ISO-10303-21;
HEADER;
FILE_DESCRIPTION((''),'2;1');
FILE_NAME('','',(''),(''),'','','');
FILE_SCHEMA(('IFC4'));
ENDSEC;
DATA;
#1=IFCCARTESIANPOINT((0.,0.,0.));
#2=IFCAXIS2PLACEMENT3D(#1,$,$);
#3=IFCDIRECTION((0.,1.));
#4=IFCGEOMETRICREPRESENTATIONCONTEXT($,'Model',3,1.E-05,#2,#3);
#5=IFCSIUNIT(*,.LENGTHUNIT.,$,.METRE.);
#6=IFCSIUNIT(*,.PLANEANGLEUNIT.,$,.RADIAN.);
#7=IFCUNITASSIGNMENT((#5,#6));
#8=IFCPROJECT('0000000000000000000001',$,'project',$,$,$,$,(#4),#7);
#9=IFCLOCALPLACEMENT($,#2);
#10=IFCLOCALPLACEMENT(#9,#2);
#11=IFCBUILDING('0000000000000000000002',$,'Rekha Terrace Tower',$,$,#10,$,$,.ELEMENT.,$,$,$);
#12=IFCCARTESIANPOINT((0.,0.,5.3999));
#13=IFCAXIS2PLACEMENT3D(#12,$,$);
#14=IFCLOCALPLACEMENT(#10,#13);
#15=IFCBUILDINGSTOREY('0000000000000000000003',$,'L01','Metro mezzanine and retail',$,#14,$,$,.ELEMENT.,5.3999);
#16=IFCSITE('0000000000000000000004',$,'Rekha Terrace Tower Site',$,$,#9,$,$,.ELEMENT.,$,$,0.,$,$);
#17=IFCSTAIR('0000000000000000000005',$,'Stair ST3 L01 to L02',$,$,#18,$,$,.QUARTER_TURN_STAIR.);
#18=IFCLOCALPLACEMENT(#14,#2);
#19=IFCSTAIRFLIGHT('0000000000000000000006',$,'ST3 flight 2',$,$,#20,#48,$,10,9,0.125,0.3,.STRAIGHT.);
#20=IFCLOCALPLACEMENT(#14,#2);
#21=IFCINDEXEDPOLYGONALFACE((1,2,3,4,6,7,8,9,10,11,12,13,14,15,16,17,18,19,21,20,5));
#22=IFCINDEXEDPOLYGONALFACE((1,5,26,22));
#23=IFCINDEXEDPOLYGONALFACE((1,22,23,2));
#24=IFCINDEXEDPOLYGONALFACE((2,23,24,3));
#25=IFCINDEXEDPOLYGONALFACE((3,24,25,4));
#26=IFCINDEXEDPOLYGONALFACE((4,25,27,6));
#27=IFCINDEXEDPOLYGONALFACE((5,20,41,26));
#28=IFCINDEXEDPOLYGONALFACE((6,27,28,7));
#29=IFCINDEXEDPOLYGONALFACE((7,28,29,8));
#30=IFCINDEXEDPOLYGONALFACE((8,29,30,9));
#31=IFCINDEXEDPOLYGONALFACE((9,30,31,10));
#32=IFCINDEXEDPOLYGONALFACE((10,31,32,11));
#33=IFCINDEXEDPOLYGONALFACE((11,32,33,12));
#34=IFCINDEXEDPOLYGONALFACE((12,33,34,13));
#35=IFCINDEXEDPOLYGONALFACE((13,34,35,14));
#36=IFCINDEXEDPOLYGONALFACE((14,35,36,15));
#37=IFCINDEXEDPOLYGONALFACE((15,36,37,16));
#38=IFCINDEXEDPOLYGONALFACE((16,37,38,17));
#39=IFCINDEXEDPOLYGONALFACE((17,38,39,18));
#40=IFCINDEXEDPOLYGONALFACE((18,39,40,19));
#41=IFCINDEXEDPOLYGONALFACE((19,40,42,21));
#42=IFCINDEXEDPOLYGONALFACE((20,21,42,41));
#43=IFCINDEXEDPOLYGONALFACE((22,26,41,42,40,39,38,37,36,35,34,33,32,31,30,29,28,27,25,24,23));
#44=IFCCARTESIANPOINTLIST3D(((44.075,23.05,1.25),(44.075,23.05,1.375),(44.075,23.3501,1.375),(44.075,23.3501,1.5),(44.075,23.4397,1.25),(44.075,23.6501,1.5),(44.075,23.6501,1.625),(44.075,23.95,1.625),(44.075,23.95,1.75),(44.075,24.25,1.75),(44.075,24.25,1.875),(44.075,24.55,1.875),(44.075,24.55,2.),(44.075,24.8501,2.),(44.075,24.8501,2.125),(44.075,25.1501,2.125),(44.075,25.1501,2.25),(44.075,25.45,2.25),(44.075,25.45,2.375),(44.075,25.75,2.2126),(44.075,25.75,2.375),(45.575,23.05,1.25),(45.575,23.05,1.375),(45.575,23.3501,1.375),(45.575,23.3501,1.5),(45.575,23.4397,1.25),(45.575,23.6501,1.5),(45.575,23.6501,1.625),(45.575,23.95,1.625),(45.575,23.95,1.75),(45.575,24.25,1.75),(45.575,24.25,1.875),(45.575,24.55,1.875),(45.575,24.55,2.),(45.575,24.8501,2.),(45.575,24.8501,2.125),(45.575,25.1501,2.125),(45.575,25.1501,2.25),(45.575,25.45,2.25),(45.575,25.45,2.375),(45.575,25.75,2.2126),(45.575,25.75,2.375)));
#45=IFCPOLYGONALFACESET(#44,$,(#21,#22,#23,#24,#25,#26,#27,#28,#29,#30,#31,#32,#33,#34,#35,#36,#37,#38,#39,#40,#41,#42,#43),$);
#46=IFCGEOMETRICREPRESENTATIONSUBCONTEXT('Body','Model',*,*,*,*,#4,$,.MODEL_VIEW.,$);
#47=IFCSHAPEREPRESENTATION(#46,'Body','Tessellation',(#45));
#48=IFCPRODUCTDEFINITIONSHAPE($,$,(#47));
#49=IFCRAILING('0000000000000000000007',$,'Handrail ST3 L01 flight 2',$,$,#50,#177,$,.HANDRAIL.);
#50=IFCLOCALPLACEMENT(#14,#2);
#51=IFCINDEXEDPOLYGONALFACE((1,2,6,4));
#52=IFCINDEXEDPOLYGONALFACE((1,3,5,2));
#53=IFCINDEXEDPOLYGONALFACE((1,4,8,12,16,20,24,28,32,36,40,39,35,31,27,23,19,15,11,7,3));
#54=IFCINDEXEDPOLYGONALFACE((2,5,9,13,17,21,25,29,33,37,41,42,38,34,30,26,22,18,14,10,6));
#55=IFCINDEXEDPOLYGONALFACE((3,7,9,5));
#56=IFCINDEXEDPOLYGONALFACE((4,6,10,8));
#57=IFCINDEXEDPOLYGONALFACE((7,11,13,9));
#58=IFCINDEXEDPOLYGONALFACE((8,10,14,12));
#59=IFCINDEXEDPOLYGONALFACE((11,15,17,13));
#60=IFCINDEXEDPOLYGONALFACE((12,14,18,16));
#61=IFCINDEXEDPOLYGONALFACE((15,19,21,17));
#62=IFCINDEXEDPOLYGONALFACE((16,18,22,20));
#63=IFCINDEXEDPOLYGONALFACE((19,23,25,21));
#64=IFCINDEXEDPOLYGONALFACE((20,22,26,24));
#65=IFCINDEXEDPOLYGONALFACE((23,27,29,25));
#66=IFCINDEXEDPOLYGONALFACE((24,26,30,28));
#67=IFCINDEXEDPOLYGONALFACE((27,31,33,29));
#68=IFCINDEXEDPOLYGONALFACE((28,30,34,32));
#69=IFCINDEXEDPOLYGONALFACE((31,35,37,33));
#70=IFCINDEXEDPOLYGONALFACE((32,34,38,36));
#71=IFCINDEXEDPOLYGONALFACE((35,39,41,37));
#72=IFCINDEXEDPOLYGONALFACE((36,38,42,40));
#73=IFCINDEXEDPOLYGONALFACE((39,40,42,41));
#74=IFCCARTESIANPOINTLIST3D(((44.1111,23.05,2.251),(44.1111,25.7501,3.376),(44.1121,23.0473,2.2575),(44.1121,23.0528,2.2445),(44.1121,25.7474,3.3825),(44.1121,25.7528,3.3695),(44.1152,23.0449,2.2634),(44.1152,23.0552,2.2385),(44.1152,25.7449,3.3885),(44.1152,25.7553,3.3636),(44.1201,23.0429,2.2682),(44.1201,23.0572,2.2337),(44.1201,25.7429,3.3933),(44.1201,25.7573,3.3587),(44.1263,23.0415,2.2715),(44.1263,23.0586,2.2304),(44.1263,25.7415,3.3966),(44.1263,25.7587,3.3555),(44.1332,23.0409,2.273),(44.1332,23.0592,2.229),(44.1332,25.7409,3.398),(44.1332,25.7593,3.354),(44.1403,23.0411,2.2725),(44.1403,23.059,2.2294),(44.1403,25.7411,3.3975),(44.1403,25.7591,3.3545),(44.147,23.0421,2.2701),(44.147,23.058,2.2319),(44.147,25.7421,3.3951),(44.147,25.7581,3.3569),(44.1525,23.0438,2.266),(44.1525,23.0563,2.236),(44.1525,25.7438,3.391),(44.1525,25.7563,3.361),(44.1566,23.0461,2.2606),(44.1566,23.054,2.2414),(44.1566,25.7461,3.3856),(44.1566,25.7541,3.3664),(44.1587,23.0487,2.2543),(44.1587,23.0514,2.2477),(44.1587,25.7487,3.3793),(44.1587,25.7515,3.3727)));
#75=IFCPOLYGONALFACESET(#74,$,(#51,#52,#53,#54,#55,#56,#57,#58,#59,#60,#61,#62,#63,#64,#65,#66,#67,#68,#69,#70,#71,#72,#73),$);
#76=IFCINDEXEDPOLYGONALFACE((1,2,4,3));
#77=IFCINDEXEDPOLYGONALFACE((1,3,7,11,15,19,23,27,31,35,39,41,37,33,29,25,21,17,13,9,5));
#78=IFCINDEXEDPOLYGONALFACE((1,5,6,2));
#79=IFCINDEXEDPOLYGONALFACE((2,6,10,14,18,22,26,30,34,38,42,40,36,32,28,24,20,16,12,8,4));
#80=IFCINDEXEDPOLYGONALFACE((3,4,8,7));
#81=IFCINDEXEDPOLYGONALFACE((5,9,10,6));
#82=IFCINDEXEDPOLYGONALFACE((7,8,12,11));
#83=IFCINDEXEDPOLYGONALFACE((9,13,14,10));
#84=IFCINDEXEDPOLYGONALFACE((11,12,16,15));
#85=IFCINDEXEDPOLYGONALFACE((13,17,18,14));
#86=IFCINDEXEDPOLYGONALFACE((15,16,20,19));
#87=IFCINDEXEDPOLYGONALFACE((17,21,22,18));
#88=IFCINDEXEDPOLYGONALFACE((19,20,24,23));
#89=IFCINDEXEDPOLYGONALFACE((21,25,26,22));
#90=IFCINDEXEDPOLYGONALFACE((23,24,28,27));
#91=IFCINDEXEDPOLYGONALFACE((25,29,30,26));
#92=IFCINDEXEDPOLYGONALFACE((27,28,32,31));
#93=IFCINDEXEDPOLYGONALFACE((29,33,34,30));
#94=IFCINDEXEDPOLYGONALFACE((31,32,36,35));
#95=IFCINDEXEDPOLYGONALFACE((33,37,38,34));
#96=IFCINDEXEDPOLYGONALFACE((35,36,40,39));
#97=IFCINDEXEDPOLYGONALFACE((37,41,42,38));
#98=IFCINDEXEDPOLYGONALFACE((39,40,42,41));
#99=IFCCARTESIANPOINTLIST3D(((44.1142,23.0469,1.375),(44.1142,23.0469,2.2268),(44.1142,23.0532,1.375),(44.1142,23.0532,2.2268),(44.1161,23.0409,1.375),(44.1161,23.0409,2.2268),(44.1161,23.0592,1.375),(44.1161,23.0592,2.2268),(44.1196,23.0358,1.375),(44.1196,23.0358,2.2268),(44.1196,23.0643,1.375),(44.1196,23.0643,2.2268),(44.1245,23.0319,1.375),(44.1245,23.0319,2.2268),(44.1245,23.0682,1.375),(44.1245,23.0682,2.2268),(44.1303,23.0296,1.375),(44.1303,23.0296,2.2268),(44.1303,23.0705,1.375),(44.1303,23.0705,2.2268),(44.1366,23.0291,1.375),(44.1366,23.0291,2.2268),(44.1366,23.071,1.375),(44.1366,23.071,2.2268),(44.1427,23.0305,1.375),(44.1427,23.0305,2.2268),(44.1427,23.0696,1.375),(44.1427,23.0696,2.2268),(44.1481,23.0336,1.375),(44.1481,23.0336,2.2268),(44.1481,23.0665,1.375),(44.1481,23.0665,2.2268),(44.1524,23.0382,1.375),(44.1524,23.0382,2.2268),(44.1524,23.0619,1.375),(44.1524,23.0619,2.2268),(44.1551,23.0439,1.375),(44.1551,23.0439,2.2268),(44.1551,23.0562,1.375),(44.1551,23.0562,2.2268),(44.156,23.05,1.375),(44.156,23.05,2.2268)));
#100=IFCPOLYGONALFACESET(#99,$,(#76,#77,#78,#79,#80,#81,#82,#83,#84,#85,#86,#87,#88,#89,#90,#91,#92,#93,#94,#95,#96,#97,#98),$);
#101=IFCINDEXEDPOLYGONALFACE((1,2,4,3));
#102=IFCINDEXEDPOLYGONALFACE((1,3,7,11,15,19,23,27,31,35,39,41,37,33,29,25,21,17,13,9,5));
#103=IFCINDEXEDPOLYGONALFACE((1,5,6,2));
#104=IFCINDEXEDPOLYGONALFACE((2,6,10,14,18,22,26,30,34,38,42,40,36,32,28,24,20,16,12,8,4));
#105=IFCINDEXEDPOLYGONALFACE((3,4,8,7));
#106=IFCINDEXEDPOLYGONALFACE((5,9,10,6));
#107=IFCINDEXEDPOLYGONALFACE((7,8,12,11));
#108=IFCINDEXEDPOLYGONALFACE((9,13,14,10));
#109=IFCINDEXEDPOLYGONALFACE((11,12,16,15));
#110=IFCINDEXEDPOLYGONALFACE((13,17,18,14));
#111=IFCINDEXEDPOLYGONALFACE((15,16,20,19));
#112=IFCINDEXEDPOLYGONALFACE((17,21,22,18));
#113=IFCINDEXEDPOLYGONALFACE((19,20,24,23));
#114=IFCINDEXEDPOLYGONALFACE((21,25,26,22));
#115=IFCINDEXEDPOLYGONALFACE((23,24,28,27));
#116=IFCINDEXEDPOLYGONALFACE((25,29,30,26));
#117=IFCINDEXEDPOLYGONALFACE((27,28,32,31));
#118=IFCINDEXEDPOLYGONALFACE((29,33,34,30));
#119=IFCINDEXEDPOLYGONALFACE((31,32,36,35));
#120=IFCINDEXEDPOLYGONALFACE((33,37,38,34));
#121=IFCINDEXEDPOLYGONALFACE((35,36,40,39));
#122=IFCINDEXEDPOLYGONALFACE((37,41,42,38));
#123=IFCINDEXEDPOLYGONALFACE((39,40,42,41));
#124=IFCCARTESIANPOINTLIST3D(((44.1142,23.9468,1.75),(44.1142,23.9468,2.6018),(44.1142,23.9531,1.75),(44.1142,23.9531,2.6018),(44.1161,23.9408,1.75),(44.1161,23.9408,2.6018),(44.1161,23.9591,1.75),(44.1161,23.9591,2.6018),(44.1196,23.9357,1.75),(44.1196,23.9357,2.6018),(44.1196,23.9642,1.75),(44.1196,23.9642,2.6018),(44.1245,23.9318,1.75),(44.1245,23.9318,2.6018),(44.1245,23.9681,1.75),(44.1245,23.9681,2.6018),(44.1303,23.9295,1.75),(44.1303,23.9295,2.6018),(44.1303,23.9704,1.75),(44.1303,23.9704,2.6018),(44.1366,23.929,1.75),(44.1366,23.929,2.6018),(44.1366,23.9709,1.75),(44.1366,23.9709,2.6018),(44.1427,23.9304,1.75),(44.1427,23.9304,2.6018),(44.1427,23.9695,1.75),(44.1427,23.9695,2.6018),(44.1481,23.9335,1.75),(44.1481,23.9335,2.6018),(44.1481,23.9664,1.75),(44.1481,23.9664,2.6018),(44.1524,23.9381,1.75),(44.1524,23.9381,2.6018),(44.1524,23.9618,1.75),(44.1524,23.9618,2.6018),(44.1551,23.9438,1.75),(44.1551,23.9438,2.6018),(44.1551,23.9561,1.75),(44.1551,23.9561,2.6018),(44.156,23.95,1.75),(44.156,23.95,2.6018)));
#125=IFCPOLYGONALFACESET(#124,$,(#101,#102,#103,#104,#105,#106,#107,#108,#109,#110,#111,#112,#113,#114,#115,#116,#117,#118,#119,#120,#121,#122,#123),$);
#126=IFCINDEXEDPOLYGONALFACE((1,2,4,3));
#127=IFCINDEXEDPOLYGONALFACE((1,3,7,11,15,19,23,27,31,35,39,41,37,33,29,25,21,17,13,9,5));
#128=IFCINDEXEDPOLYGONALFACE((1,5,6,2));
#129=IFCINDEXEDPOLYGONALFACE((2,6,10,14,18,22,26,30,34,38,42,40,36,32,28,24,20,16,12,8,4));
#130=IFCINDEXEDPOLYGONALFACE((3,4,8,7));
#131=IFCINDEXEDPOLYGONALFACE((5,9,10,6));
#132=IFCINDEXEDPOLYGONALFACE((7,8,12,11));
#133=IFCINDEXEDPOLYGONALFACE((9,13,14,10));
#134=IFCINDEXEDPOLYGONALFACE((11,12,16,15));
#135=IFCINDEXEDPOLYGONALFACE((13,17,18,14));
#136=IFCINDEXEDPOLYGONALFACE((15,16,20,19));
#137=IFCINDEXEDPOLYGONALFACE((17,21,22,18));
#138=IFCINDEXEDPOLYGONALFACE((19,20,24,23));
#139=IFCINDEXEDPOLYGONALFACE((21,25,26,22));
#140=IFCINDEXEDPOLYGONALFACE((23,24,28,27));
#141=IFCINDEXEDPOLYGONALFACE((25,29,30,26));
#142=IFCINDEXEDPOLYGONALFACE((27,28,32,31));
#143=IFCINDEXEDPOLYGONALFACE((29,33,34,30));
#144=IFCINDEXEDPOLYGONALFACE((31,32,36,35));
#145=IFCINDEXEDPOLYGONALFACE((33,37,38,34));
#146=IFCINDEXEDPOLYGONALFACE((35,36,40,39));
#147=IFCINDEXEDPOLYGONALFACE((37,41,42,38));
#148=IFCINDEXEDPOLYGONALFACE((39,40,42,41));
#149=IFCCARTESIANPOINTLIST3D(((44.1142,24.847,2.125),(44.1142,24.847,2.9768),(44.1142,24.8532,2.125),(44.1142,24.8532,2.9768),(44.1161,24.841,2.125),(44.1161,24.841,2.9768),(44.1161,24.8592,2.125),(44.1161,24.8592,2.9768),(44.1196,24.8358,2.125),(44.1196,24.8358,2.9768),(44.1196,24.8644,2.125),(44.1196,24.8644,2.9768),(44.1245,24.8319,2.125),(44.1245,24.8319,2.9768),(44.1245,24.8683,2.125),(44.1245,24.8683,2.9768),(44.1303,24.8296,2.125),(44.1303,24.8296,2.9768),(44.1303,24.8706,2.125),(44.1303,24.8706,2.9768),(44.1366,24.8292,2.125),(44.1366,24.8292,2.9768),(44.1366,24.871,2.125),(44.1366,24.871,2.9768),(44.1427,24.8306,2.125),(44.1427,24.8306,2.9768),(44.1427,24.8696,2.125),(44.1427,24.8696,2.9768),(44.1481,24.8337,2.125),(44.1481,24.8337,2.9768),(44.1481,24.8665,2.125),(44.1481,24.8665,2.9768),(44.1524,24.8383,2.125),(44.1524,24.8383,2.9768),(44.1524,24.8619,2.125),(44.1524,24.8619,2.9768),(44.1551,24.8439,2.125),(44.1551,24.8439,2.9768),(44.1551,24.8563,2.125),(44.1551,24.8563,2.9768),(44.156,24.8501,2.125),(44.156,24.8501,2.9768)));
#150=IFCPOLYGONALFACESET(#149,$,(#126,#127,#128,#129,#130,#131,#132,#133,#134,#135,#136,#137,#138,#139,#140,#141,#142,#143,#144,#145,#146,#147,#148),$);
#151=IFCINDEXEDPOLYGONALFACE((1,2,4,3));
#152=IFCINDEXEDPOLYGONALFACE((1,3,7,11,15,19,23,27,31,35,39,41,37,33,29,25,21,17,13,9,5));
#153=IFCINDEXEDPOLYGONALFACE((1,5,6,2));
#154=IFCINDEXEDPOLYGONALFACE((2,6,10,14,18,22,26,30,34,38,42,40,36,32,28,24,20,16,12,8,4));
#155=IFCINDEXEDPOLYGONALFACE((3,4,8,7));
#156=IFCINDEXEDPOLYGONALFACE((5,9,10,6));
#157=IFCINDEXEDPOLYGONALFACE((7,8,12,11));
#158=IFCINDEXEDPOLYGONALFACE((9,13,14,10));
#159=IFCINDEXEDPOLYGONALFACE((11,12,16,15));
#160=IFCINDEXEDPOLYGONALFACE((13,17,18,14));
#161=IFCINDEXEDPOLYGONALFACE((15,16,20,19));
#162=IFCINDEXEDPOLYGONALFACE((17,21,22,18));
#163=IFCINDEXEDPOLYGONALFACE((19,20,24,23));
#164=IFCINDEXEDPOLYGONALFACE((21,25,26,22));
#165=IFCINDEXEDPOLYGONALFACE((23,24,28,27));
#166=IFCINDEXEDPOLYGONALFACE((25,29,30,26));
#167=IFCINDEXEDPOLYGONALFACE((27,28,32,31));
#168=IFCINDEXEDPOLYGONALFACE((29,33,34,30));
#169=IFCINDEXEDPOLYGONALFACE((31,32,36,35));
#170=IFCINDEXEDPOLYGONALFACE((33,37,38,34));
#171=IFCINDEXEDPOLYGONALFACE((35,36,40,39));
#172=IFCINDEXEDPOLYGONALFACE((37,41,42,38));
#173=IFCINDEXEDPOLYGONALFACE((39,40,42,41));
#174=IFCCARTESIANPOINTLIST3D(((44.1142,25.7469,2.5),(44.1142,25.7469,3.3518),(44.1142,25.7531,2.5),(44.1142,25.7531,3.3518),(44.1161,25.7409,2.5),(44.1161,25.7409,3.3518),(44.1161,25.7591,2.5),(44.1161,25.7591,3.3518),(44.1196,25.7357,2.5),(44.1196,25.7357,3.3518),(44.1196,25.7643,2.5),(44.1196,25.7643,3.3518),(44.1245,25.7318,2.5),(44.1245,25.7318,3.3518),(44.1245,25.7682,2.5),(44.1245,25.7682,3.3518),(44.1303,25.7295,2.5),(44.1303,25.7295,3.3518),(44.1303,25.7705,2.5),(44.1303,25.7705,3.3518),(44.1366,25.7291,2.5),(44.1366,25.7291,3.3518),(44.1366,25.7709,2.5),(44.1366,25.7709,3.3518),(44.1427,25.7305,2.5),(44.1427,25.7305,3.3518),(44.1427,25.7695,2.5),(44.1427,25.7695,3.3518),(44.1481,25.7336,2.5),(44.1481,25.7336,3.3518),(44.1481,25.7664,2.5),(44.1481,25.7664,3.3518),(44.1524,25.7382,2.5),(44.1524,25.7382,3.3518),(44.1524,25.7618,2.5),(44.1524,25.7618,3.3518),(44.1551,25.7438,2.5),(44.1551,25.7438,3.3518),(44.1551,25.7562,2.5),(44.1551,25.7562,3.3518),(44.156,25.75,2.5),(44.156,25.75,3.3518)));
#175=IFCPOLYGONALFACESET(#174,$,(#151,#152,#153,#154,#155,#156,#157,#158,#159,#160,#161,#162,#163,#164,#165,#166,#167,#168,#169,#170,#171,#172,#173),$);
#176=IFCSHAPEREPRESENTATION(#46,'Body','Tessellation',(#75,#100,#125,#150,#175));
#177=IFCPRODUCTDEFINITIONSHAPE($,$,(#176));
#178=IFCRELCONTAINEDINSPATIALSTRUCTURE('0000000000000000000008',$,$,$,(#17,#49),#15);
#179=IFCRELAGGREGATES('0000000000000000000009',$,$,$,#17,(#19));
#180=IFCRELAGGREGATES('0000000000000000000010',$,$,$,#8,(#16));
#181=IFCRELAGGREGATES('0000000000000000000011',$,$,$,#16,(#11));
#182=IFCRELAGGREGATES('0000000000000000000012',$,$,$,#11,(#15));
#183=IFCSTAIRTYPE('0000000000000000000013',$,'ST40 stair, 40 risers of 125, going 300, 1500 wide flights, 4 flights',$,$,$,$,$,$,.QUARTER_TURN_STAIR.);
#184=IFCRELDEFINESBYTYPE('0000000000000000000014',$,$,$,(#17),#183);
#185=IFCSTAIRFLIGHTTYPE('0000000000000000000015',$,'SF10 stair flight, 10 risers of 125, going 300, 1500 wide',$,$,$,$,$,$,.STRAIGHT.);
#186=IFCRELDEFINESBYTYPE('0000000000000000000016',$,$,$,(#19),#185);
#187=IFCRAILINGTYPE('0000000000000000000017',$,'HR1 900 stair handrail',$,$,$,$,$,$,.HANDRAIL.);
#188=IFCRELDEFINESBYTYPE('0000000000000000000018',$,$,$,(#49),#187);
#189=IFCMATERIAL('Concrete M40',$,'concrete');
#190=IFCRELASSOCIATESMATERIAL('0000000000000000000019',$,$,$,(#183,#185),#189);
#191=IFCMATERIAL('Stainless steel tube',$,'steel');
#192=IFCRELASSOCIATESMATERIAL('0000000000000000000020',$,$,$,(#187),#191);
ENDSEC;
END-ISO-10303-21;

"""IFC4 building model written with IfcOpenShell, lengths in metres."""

from ifc_helpers import new_model, si_unit, direction, frame, origin, origin_2d, place, context, subcontext, project, spatial, polyline, circle, outline, extrude, material, type_object, element, aggregate, save


model = new_model("IFC4")

# Units and contexts
model_context = context("Model", 3, precision=1e-05, world=origin(), true_north=direction((0.0, 1.0)))
body_context = subcontext(model_context, "Body", "Model", "MODEL_VIEW")
ifc_project = project(units=[si_unit("LENGTHUNIT", "METRE"), si_unit("PLANEANGLEUNIT", "RADIAN")], contexts=[model_context])

# Site, building, storey
site_placement = place(None, origin())
site = spatial("IfcSite", under=ifc_project, at=site_placement, Name="Rekha Terrace Tower Site", CompositionType="ELEMENT", RefElevation=0.0)
building_placement = place(site_placement, origin())
building = spatial("IfcBuilding", under=site, at=building_placement, Name="Rekha Terrace Tower", CompositionType="ELEMENT")
storey_placement = place(building_placement, frame((0.0, 0.0, 5.3999)))
storey = spatial("IfcBuildingStorey", under=building, at=storey_placement, Name="L01", Description="Metro mezzanine and retail", CompositionType="ELEMENT", Elevation=5.3999)

# Stair, stair flight
ifc_material_1 = material(Name="Concrete M40", Category="concrete")
stair_type = type_object("IfcStairType", Name="ST40 stair, 40 risers of 125, going 300, 1500 wide flights, 4 flights", PredefinedType="QUARTER_TURN_STAIR", material=ifc_material_1)
stair_placement = place(storey_placement, origin())
stair = element("IfcStair", 1, at=stair_placement, inside=storey, type_object=stair_type, Name="Stair ST3 L01 to L02", PredefinedType="QUARTER_TURN_STAIR")
stair_flight_type = type_object("IfcStairFlightType", Name="SF10 stair flight, 10 risers of 125, going 300, 1500 wide", PredefinedType="STRAIGHT", material=ifc_material_1)
stair_flight_placement = place(storey_placement, frame((44.825, 23.05, 1.25), z_axis=(0.0, 0.0, 1.0), x_axis=(0.0, 1.0, 0.0)))
stair_flight = element("IfcStairFlight", 2, at=stair_flight_placement, type_object=stair_flight_type, Name="ST3 flight 2", NumberOfRisers=10, NumberOfTreads=9, PredefinedType="STRAIGHT", RiserHeight=0.125, TreadLength=0.3, context=body_context, shape_type="SweptSolid", body=[
    extrude(outline(polyline([(0.0, 0.0), (0.0, 0.125), (0.3, 0.125), (0.3, 0.25), (0.6001, 0.25), (0.6001, 0.375), (0.8999, 0.375), (0.8999, 0.5), (1.2, 0.5), (1.2, 0.625), (1.5, 0.625), (1.5, 0.75), (1.8, 0.75), (1.8, 0.875), (2.1001, 0.875), (2.1001, 1.0), (2.3999, 1.0), (2.3999, 1.125), (2.7, 1.125), (2.7, 1.25), (2.7, 0.9626), (0.3896, 0.0), (0.0, 0.0)])), frame((0.0, 0.75, 0.0), z_axis=(0.0, -1.0, 0.0), x_axis=(1.0, 0.0, 0.0)), (0.0, 0.0, 1.0), 1.5),
])
aggregate(stair, [stair_flight])

# Railing
ifc_material_2 = material(Name="Stainless steel tube", Category="steel")
railing_type = type_object("IfcRailingType", Name="HR1 900 stair handrail", PredefinedType="HANDRAIL", material=ifc_material_2)
railing_placement = place(storey_placement, frame((44.135, 23.05, 1.375)))
element("IfcRailing", 3, at=railing_placement, inside=storey, type_object=railing_type, Name="Handrail ST3 L01 flight 2", PredefinedType="HANDRAIL", context=body_context, shape_type="SweptSolid", body=[
    extrude(circle(Radius=0.0239, at=origin_2d()), frame((0.0, 0.0, 0.876), z_axis=(0.0, 0.923074, 0.384621), x_axis=(-1.0, 0.0, 0.0)), (0.0, 0.0, 1.0), 2.925),
    extrude(circle(Radius=0.021, at=origin_2d()), origin(), (0.0, 0.0, 1.0), 0.8518),
    extrude(circle(Radius=0.021, at=origin_2d()), frame((0.0, 0.8999, 0.375)), (0.0, 0.0, 1.0), 0.8518),
    extrude(circle(Radius=0.021, at=origin_2d()), frame((0.0, 1.8, 0.75)), (0.0, 0.0, 1.0), 0.8518),
    extrude(circle(Radius=0.021, at=origin_2d()), frame((0.0, 2.7, 1.125)), (0.0, 0.0, 1.0), 0.8518),
])

save(model, "model.ifc")
